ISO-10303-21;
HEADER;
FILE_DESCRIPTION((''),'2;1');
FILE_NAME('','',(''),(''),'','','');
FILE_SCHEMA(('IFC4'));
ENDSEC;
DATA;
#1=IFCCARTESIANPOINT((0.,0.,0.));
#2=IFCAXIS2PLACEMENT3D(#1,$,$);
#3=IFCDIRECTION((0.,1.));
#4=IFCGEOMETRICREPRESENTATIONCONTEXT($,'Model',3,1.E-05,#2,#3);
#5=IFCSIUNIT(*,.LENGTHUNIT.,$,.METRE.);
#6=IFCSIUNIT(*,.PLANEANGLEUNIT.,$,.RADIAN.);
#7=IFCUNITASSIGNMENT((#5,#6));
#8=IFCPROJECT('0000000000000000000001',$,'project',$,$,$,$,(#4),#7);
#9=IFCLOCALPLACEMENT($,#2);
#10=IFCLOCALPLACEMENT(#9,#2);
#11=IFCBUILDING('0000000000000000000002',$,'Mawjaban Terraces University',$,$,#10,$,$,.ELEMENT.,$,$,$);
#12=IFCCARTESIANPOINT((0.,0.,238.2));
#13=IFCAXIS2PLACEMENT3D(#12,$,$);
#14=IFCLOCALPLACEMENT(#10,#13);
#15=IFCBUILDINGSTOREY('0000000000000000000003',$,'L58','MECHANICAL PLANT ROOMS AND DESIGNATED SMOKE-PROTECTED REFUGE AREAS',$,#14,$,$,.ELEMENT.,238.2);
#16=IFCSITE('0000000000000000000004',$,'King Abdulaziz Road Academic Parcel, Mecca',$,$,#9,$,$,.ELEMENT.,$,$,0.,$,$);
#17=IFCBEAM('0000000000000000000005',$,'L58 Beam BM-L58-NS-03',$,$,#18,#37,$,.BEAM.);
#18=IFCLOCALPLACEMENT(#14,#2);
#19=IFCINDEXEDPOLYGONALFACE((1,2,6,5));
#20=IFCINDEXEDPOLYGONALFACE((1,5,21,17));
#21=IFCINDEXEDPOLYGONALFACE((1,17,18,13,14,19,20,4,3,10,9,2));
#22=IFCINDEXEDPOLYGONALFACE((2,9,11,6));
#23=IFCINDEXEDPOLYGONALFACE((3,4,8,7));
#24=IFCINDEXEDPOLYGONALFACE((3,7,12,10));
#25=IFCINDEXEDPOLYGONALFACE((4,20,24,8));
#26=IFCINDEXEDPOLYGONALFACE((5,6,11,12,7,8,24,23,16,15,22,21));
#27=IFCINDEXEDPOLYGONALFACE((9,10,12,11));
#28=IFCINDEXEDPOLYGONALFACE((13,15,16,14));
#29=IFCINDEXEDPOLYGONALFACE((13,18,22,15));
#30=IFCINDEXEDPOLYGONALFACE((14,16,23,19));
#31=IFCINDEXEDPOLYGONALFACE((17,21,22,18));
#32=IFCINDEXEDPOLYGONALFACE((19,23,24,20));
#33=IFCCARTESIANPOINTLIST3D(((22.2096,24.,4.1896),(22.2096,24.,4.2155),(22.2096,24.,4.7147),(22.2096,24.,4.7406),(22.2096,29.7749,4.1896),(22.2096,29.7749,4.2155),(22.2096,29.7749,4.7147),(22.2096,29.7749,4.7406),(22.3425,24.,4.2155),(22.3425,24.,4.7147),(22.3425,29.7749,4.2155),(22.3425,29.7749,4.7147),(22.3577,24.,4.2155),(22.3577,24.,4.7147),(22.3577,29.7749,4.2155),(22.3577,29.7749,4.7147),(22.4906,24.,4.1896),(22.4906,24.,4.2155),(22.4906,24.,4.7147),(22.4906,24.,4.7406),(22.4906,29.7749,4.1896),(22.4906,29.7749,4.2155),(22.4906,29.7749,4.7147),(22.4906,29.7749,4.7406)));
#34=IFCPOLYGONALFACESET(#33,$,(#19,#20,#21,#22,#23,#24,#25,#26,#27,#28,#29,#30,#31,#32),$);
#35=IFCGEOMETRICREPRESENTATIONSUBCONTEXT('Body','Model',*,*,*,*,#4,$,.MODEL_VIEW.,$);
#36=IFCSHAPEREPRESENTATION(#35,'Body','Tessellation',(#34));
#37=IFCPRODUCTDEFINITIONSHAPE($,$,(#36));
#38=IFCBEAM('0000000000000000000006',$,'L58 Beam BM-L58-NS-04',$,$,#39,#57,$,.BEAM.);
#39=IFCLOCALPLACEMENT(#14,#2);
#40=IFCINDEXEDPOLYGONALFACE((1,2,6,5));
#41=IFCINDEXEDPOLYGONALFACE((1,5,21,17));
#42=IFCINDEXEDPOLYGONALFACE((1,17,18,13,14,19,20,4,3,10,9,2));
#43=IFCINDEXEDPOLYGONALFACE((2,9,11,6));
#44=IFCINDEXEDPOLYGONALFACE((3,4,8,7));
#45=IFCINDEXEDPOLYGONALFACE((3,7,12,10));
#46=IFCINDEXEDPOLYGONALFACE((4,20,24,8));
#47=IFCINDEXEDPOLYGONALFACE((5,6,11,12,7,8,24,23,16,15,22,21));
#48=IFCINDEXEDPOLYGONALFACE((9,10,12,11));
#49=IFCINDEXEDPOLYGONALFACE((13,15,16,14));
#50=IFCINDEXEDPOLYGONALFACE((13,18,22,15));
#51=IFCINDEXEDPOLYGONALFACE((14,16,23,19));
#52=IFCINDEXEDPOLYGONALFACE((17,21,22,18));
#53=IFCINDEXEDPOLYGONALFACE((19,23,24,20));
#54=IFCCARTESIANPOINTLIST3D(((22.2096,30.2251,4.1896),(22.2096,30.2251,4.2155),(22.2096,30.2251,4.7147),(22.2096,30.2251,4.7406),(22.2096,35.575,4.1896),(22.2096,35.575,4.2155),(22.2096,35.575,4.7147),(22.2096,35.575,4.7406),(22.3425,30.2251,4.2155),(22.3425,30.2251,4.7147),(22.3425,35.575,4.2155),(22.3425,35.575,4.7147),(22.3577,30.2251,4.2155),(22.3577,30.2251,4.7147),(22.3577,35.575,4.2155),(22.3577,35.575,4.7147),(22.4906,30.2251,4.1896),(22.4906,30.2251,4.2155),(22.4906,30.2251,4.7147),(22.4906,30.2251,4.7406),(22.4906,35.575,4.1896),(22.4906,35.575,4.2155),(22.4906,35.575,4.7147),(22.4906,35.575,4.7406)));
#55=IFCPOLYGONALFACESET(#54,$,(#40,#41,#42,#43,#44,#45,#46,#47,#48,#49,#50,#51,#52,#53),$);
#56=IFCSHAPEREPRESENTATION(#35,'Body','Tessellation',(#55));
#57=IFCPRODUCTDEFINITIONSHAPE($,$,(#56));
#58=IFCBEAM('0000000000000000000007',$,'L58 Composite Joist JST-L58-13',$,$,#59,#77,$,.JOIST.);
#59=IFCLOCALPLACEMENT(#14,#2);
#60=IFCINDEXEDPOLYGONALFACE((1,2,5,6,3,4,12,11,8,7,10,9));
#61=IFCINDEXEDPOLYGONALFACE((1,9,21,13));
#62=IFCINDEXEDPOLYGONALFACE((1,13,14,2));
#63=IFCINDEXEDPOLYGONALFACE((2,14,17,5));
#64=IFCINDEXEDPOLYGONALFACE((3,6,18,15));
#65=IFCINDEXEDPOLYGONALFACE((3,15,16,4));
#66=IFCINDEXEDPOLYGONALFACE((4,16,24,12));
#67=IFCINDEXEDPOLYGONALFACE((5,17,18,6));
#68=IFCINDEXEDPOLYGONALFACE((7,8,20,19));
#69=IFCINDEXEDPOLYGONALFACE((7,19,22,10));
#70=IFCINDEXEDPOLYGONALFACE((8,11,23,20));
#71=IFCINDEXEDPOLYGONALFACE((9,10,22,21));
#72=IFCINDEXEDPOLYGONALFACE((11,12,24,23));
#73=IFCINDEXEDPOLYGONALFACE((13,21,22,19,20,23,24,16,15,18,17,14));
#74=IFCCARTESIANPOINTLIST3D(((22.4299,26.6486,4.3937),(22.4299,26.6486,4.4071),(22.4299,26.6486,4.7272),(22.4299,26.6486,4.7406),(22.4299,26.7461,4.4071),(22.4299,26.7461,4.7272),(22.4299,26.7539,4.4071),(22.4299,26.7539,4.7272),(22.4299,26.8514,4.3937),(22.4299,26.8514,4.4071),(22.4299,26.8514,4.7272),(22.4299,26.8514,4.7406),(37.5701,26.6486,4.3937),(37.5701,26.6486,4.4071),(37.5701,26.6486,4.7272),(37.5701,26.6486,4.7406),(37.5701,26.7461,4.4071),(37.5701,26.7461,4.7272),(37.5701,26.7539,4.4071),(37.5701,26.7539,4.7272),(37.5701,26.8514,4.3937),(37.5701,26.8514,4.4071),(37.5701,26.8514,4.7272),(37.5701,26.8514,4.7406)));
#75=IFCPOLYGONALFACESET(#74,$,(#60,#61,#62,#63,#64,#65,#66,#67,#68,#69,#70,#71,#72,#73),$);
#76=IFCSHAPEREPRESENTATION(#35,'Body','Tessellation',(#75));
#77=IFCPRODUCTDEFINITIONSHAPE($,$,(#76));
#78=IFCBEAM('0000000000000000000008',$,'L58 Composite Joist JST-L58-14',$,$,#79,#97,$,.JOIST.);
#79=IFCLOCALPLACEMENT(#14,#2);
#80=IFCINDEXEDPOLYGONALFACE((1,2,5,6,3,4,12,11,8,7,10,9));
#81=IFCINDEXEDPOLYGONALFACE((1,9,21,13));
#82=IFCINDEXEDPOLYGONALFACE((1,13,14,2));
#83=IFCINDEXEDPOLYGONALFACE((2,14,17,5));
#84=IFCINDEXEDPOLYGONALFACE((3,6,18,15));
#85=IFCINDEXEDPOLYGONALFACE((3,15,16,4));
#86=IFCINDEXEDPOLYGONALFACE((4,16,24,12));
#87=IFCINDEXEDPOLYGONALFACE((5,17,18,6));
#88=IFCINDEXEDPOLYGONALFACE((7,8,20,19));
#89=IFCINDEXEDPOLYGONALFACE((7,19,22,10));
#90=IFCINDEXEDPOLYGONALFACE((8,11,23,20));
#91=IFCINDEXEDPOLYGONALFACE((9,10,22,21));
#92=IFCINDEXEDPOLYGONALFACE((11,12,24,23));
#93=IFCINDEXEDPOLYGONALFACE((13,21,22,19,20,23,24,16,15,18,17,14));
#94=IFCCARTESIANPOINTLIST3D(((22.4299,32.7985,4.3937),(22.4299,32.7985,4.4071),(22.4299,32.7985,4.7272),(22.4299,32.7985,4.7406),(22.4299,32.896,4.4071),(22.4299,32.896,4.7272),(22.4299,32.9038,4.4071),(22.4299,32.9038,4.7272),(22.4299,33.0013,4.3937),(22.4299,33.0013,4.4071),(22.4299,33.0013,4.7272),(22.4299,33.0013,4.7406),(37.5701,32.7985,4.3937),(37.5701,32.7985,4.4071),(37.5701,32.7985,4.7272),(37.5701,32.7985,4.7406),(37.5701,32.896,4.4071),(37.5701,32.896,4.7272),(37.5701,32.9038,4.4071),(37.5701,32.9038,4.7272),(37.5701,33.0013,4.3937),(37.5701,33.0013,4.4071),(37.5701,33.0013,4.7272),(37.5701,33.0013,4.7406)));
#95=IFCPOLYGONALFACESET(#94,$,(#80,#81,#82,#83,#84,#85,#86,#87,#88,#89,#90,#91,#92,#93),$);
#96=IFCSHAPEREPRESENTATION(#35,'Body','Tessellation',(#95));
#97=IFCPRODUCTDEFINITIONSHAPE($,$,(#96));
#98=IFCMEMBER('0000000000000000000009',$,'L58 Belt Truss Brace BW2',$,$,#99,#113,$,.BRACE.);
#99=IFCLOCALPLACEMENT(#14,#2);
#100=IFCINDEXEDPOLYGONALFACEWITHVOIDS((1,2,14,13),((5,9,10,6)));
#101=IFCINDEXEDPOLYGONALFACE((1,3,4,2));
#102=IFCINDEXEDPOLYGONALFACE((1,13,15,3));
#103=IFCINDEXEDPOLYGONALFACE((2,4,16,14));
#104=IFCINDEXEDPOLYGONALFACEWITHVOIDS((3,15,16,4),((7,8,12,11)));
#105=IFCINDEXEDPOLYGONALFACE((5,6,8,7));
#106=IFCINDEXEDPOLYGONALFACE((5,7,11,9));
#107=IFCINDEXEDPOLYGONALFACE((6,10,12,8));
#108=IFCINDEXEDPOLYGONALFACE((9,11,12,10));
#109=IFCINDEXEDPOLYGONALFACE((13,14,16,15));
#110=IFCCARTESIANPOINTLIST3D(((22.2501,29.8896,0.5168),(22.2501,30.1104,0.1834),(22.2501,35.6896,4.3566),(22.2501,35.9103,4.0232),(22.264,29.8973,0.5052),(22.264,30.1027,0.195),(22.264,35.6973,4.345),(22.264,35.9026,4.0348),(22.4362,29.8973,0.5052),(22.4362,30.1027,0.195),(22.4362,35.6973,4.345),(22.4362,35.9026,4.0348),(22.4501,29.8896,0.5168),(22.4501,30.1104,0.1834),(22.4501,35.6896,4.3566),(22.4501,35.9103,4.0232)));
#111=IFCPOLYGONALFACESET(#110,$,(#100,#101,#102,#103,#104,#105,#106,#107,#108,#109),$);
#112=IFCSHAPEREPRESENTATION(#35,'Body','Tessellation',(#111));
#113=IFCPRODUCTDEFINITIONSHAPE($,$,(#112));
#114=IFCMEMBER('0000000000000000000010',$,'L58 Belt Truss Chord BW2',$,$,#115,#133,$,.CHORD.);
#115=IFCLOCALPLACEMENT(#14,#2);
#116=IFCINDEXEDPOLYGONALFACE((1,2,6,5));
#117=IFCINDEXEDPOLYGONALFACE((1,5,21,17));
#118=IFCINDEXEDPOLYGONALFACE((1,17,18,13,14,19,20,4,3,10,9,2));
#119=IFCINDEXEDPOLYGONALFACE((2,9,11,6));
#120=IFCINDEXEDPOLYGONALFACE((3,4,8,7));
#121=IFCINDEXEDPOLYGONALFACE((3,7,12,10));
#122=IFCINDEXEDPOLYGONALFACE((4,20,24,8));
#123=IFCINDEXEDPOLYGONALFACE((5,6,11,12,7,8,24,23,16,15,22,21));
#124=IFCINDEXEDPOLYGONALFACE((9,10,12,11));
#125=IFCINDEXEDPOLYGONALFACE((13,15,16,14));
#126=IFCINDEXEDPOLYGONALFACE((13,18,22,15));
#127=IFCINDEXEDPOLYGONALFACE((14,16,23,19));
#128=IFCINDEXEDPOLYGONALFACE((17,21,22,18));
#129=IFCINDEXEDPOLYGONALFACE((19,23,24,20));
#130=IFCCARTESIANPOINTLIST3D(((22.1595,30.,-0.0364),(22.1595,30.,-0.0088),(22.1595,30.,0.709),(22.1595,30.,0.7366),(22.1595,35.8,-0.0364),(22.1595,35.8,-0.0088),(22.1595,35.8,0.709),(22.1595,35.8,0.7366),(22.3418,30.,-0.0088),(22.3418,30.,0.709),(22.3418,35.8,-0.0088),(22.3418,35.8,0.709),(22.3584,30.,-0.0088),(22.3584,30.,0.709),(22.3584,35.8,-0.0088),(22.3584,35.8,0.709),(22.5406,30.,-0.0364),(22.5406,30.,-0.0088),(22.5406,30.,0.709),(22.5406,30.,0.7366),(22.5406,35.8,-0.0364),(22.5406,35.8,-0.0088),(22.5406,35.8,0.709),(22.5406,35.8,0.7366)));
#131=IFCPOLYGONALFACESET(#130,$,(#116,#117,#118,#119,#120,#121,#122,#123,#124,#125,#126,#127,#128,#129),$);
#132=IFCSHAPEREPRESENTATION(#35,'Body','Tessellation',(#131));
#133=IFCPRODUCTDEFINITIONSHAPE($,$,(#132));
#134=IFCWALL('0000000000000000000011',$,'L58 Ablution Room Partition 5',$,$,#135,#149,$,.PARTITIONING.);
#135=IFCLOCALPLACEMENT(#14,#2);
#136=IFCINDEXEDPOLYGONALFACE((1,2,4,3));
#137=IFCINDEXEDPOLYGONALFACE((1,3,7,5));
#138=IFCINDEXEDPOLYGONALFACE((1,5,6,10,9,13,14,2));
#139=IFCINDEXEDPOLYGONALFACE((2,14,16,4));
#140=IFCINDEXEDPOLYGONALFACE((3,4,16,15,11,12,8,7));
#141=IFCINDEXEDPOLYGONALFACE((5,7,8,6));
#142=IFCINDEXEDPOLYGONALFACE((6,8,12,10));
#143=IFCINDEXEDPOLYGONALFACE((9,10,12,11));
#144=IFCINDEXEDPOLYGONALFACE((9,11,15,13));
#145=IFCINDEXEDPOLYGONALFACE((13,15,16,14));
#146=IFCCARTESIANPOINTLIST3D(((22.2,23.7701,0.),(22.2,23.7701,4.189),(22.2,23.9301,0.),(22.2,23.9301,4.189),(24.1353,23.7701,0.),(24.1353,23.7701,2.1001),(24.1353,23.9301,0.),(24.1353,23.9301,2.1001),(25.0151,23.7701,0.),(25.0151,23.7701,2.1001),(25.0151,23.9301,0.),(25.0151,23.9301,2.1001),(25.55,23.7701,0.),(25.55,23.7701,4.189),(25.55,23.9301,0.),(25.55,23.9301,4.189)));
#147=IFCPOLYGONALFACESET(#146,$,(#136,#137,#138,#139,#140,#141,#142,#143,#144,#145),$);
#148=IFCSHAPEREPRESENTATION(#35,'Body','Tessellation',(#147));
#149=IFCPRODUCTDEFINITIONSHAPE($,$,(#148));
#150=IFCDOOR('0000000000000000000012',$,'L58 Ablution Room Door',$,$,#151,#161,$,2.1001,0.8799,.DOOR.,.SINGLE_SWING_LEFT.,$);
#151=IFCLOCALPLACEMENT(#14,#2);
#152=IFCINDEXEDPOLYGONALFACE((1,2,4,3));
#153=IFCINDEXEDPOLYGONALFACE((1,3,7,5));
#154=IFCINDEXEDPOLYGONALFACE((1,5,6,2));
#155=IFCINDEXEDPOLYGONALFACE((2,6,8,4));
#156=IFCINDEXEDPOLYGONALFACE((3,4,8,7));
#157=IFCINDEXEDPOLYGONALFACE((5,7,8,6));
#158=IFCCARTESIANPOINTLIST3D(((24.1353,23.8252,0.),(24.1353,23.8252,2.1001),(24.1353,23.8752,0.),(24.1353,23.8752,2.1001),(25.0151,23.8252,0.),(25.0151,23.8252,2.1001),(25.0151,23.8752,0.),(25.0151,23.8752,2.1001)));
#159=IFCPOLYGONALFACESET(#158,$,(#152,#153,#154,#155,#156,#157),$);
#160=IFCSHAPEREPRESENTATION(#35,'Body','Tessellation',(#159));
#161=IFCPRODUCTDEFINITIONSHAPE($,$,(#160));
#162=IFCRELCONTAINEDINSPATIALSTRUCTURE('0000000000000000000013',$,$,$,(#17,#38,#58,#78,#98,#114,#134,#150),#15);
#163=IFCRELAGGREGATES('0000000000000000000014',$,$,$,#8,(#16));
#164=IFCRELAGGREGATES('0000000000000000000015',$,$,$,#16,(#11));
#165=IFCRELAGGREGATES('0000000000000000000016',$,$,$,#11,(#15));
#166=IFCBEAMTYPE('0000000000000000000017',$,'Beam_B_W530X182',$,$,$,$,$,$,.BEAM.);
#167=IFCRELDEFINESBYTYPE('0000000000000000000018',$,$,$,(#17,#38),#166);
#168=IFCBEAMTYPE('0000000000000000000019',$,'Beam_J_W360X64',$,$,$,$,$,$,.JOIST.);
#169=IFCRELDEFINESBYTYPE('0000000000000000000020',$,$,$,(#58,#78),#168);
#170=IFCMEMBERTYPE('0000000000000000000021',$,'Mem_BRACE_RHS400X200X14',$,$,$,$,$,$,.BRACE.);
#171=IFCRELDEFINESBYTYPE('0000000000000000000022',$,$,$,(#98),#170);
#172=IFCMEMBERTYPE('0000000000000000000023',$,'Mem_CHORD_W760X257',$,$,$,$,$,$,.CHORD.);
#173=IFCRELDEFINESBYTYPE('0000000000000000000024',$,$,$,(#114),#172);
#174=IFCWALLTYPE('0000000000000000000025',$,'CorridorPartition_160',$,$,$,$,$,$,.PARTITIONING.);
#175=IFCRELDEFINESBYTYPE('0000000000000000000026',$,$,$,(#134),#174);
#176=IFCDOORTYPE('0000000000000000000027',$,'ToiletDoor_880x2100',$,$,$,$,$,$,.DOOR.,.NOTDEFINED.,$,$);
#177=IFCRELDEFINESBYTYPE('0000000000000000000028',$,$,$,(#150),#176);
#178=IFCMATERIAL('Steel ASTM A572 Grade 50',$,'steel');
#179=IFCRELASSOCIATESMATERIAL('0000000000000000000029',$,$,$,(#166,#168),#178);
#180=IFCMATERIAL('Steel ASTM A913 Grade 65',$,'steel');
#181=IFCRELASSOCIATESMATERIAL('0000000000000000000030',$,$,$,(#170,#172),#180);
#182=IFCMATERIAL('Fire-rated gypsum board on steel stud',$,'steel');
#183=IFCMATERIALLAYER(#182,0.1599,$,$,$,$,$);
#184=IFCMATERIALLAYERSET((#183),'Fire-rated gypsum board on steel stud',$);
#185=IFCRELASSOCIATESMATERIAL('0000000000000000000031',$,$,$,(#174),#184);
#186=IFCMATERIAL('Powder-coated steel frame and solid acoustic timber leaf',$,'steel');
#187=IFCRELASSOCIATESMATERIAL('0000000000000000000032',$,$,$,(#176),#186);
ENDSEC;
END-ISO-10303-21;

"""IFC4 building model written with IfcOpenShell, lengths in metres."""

from ifc_helpers import new_model, si_unit, direction, frame, frame_2d, origin, origin_2d, place, context, subcontext, project, spatial, rectangle, hollow_rectangle, i_section, extrude, material, layer, layer_set, material_profile, profile_set, type_object, element, fill, save


model = new_model("IFC4")

# Units and contexts
model_context = context("Model", 3, precision=1e-05, world=origin(), true_north=direction((0.0, 1.0)))
body_context = subcontext(model_context, "Body", "Model", "MODEL_VIEW")
ifc_project = project(units=[si_unit("LENGTHUNIT", "METRE"), si_unit("PLANEANGLEUNIT", "RADIAN")], contexts=[model_context])

# Site, building, storey
site_placement = place(None, origin())
site = spatial("IfcSite", under=ifc_project, at=site_placement, Name="King Abdulaziz Road Academic Parcel, Mecca", CompositionType="ELEMENT", RefElevation=0.0)
building_placement = place(site_placement, origin())
building = spatial("IfcBuilding", under=site, at=building_placement, Name="Mawjaban Terraces University", CompositionType="ELEMENT")
storey_placement = place(building_placement, frame((0.0, 0.0, 238.2)))
storey = spatial("IfcBuildingStorey", under=building, at=storey_placement, Name="L58", Description="MECHANICAL PLANT ROOMS AND DESIGNATED SMOKE-PROTECTED REFUGE AREAS", CompositionType="ELEMENT", Elevation=238.2)

# Beams
ifc_material_1 = material(Name="Steel ASTM A572 Grade 50", Category="steel")
ifc_material_profile_1 = material_profile(ifc_material_1, i_section(OverallWidth=0.281, OverallDepth=0.551, WebThickness=0.0151, FlangeThickness=0.0259, at=origin_2d()), Name="W530X182")
ifc_profile_set_1 = profile_set([ifc_material_profile_1], Name="Steel ASTM A572 Grade 50")
beam_type_1 = type_object("IfcBeamType", Name="Beam_B_W530X182", PredefinedType="BEAM", material=ifc_profile_set_1)
beam_1_placement = place(storey_placement, frame((22.3501, 24.0, 4.4651), z_axis=(0.0, 1.0, 0.0), x_axis=(-1.0, 0.0, 0.0)))
element("IfcBeam", 1, at=beam_1_placement, inside=storey, type_object=beam_type_1, Name="L58 Beam BM-L58-NS-03", PredefinedType="BEAM", context=body_context, shape_type="SweptSolid", body=[
    extrude(i_section(OverallWidth=0.281, OverallDepth=0.551, WebThickness=0.0151, FlangeThickness=0.0259, at=origin_2d()), origin(), (0.0, 0.0, 1.0), 5.7749),
])
beam_2_placement = place(storey_placement, frame((22.3501, 30.2251, 4.4651), z_axis=(0.0, 1.0, 0.0), x_axis=(-1.0, 0.0, 0.0)))
element("IfcBeam", 2, at=beam_2_placement, inside=storey, type_object=beam_type_1, Name="L58 Beam BM-L58-NS-04", PredefinedType="BEAM", context=body_context, shape_type="SweptSolid", body=[
    extrude(i_section(OverallWidth=0.281, OverallDepth=0.551, WebThickness=0.0151, FlangeThickness=0.0259, at=origin_2d()), origin(), (0.0, 0.0, 1.0), 5.3499),
])
ifc_material_profile_2 = material_profile(ifc_material_1, i_section(OverallWidth=0.2029, OverallDepth=0.3469, WebThickness=0.0078, FlangeThickness=0.0134, at=origin_2d()), Name="W360X64")
ifc_profile_set_2 = profile_set([ifc_material_profile_2], Name="Steel ASTM A572 Grade 50")
beam_type_2 = type_object("IfcBeamType", Name="Beam_J_W360X64", PredefinedType="JOIST", material=ifc_profile_set_2)
for number, where, z_axis, x_axis, name in (
    (3, (22.4299, 26.75, 4.5671), (1.0, 0.0, 0.0), (0.0, 1.0, 0.0), "L58 Composite Joist JST-L58-13"),
    (4, (22.4299, 32.8999, 4.5671), (1.0, 0.0, 0.0), (0.0, 1.0, 0.0), "L58 Composite Joist JST-L58-14"),
):
    element("IfcBeam", number, at=place(storey_placement, frame(where, z_axis=z_axis, x_axis=x_axis)), inside=storey, type_object=beam_type_2, Name=name, PredefinedType="JOIST", context=body_context, shape_type="SweptSolid", body=[
        extrude(i_section(OverallWidth=0.2029, OverallDepth=0.3469, WebThickness=0.0078, FlangeThickness=0.0134, at=origin_2d()), origin(), (0.0, 0.0, 1.0), 15.1401),
    ])

# Members
ifc_material_2 = material(Name="Steel ASTM A913 Grade 65", Category="steel")
ifc_material_profile_3 = material_profile(ifc_material_2, hollow_rectangle(XDim=0.2, YDim=0.3999, WallThickness=0.0139, at=origin_2d()), Name="RHS400X200X14")
ifc_profile_set_3 = profile_set([ifc_material_profile_3], Name="Steel ASTM A913 Grade 65")
member_type_1 = type_object("IfcMemberType", Name="Mem_BRACE_RHS400X200X14", PredefinedType="BRACE", material=ifc_profile_set_3)
member_1_placement = place(storey_placement, frame((22.3501, 30.0, 0.3501), z_axis=(0.0, 0.833828, 0.552024), x_axis=(-1.0, 0.0, 0.0)))
element("IfcMember", 5, at=member_1_placement, inside=storey, type_object=member_type_1, Name="L58 Belt Truss Brace BW2", PredefinedType="BRACE", context=body_context, shape_type="SweptSolid", body=[
    extrude(hollow_rectangle(XDim=0.2, YDim=0.3999, WallThickness=0.0139, at=origin_2d()), origin(), (0.0, 0.0, 1.0), 6.9558),
])
ifc_material_profile_4 = material_profile(ifc_material_2, i_section(OverallWidth=0.3811, OverallDepth=0.7729, WebThickness=0.0166, FlangeThickness=0.0276, at=origin_2d()), Name="W760X257")
ifc_profile_set_4 = profile_set([ifc_material_profile_4], Name="Steel ASTM A913 Grade 65")
member_type_2 = type_object("IfcMemberType", Name="Mem_CHORD_W760X257", PredefinedType="CHORD", material=ifc_profile_set_4)
member_2_placement = place(storey_placement, frame((22.3501, 30.0, 0.3501), z_axis=(0.0, 1.0, 0.0), x_axis=(-1.0, 0.0, 0.0)))
element("IfcMember", 6, at=member_2_placement, inside=storey, type_object=member_type_2, Name="L58 Belt Truss Chord BW2", PredefinedType="CHORD", context=body_context, shape_type="SweptSolid", body=[
    extrude(i_section(OverallWidth=0.3811, OverallDepth=0.7729, WebThickness=0.0166, FlangeThickness=0.0276, at=origin_2d()), origin(), (0.0, 0.0, 1.0), 5.8),
])

# Wall, opening, door
ifc_material_3 = material(Name="Fire-rated gypsum board on steel stud", Category="steel")
ifc_layer_1 = layer(ifc_material_3, 0.1599)
ifc_layer_set_1 = layer_set([ifc_layer_1], Name="Fire-rated gypsum board on steel stud")
wall_type_1 = type_object("IfcWallType", Name="CorridorPartition_160", PredefinedType="PARTITIONING", material=ifc_layer_set_1)
wall_1_placement = place(storey_placement, frame((25.55, 23.8501, 0.0), z_axis=(0.0, 0.0, 1.0), x_axis=(-1.0, 0.0, 0.0)))
wall_1 = element("IfcWall", 7, at=wall_1_placement, inside=storey, type_object=wall_type_1, Name="L58 Ablution Room Partition 5", PredefinedType="PARTITIONING", context=body_context, shape_type="SweptSolid", body=[
    extrude(rectangle(XDim=3.3501, YDim=0.1599, at=frame_2d((1.675, 0.0))), origin(), (0.0, 0.0, 1.0), 4.189),
])
opening_1_placement = place(wall_1_placement, frame((0.5349, 0.0, 0.0)))
opening_1 = element("IfcOpeningElement", 8, at=opening_1_placement, cuts=wall_1, PredefinedType="OPENING", context=body_context, shape_type="SweptSolid", body=[
    extrude(rectangle(XDim=0.8799, YDim=2.1001, at=frame_2d((0.4399, 1.05))), frame((0.0, 0.0898, 0.0), z_axis=(0.0, -1.0, 0.0), x_axis=(1.0, 0.0, 0.0)), (0.0, 0.0, 1.0), 0.1799),
])
ifc_material_4 = material(Name="Powder-coated steel frame and solid acoustic timber leaf", Category="steel")
door_type_1 = type_object("IfcDoorType", Name="ToiletDoor_880x2100", OperationType="NOTDEFINED", PredefinedType="DOOR", material=ifc_material_4)
door_1_placement = place(opening_1_placement, origin())
door_1 = element("IfcDoor", 9, at=door_1_placement, inside=storey, type_object=door_type_1, Name="L58 Ablution Room Door", OperationType="SINGLE_SWING_LEFT", OverallHeight=2.1001, OverallWidth=0.8799, PredefinedType="DOOR", context=body_context, shape_type="SweptSolid", body=[
    extrude(rectangle(XDim=0.8799, YDim=2.1001, at=frame_2d((0.4399, 1.05))), frame((0.0, 0.0249, 0.0), z_axis=(0.0, -1.0, 0.0), x_axis=(1.0, 0.0, 0.0)), (0.0, 0.0, 1.0), 0.05),
])
fill(opening_1, door_1)

save(model, "model.ifc")
